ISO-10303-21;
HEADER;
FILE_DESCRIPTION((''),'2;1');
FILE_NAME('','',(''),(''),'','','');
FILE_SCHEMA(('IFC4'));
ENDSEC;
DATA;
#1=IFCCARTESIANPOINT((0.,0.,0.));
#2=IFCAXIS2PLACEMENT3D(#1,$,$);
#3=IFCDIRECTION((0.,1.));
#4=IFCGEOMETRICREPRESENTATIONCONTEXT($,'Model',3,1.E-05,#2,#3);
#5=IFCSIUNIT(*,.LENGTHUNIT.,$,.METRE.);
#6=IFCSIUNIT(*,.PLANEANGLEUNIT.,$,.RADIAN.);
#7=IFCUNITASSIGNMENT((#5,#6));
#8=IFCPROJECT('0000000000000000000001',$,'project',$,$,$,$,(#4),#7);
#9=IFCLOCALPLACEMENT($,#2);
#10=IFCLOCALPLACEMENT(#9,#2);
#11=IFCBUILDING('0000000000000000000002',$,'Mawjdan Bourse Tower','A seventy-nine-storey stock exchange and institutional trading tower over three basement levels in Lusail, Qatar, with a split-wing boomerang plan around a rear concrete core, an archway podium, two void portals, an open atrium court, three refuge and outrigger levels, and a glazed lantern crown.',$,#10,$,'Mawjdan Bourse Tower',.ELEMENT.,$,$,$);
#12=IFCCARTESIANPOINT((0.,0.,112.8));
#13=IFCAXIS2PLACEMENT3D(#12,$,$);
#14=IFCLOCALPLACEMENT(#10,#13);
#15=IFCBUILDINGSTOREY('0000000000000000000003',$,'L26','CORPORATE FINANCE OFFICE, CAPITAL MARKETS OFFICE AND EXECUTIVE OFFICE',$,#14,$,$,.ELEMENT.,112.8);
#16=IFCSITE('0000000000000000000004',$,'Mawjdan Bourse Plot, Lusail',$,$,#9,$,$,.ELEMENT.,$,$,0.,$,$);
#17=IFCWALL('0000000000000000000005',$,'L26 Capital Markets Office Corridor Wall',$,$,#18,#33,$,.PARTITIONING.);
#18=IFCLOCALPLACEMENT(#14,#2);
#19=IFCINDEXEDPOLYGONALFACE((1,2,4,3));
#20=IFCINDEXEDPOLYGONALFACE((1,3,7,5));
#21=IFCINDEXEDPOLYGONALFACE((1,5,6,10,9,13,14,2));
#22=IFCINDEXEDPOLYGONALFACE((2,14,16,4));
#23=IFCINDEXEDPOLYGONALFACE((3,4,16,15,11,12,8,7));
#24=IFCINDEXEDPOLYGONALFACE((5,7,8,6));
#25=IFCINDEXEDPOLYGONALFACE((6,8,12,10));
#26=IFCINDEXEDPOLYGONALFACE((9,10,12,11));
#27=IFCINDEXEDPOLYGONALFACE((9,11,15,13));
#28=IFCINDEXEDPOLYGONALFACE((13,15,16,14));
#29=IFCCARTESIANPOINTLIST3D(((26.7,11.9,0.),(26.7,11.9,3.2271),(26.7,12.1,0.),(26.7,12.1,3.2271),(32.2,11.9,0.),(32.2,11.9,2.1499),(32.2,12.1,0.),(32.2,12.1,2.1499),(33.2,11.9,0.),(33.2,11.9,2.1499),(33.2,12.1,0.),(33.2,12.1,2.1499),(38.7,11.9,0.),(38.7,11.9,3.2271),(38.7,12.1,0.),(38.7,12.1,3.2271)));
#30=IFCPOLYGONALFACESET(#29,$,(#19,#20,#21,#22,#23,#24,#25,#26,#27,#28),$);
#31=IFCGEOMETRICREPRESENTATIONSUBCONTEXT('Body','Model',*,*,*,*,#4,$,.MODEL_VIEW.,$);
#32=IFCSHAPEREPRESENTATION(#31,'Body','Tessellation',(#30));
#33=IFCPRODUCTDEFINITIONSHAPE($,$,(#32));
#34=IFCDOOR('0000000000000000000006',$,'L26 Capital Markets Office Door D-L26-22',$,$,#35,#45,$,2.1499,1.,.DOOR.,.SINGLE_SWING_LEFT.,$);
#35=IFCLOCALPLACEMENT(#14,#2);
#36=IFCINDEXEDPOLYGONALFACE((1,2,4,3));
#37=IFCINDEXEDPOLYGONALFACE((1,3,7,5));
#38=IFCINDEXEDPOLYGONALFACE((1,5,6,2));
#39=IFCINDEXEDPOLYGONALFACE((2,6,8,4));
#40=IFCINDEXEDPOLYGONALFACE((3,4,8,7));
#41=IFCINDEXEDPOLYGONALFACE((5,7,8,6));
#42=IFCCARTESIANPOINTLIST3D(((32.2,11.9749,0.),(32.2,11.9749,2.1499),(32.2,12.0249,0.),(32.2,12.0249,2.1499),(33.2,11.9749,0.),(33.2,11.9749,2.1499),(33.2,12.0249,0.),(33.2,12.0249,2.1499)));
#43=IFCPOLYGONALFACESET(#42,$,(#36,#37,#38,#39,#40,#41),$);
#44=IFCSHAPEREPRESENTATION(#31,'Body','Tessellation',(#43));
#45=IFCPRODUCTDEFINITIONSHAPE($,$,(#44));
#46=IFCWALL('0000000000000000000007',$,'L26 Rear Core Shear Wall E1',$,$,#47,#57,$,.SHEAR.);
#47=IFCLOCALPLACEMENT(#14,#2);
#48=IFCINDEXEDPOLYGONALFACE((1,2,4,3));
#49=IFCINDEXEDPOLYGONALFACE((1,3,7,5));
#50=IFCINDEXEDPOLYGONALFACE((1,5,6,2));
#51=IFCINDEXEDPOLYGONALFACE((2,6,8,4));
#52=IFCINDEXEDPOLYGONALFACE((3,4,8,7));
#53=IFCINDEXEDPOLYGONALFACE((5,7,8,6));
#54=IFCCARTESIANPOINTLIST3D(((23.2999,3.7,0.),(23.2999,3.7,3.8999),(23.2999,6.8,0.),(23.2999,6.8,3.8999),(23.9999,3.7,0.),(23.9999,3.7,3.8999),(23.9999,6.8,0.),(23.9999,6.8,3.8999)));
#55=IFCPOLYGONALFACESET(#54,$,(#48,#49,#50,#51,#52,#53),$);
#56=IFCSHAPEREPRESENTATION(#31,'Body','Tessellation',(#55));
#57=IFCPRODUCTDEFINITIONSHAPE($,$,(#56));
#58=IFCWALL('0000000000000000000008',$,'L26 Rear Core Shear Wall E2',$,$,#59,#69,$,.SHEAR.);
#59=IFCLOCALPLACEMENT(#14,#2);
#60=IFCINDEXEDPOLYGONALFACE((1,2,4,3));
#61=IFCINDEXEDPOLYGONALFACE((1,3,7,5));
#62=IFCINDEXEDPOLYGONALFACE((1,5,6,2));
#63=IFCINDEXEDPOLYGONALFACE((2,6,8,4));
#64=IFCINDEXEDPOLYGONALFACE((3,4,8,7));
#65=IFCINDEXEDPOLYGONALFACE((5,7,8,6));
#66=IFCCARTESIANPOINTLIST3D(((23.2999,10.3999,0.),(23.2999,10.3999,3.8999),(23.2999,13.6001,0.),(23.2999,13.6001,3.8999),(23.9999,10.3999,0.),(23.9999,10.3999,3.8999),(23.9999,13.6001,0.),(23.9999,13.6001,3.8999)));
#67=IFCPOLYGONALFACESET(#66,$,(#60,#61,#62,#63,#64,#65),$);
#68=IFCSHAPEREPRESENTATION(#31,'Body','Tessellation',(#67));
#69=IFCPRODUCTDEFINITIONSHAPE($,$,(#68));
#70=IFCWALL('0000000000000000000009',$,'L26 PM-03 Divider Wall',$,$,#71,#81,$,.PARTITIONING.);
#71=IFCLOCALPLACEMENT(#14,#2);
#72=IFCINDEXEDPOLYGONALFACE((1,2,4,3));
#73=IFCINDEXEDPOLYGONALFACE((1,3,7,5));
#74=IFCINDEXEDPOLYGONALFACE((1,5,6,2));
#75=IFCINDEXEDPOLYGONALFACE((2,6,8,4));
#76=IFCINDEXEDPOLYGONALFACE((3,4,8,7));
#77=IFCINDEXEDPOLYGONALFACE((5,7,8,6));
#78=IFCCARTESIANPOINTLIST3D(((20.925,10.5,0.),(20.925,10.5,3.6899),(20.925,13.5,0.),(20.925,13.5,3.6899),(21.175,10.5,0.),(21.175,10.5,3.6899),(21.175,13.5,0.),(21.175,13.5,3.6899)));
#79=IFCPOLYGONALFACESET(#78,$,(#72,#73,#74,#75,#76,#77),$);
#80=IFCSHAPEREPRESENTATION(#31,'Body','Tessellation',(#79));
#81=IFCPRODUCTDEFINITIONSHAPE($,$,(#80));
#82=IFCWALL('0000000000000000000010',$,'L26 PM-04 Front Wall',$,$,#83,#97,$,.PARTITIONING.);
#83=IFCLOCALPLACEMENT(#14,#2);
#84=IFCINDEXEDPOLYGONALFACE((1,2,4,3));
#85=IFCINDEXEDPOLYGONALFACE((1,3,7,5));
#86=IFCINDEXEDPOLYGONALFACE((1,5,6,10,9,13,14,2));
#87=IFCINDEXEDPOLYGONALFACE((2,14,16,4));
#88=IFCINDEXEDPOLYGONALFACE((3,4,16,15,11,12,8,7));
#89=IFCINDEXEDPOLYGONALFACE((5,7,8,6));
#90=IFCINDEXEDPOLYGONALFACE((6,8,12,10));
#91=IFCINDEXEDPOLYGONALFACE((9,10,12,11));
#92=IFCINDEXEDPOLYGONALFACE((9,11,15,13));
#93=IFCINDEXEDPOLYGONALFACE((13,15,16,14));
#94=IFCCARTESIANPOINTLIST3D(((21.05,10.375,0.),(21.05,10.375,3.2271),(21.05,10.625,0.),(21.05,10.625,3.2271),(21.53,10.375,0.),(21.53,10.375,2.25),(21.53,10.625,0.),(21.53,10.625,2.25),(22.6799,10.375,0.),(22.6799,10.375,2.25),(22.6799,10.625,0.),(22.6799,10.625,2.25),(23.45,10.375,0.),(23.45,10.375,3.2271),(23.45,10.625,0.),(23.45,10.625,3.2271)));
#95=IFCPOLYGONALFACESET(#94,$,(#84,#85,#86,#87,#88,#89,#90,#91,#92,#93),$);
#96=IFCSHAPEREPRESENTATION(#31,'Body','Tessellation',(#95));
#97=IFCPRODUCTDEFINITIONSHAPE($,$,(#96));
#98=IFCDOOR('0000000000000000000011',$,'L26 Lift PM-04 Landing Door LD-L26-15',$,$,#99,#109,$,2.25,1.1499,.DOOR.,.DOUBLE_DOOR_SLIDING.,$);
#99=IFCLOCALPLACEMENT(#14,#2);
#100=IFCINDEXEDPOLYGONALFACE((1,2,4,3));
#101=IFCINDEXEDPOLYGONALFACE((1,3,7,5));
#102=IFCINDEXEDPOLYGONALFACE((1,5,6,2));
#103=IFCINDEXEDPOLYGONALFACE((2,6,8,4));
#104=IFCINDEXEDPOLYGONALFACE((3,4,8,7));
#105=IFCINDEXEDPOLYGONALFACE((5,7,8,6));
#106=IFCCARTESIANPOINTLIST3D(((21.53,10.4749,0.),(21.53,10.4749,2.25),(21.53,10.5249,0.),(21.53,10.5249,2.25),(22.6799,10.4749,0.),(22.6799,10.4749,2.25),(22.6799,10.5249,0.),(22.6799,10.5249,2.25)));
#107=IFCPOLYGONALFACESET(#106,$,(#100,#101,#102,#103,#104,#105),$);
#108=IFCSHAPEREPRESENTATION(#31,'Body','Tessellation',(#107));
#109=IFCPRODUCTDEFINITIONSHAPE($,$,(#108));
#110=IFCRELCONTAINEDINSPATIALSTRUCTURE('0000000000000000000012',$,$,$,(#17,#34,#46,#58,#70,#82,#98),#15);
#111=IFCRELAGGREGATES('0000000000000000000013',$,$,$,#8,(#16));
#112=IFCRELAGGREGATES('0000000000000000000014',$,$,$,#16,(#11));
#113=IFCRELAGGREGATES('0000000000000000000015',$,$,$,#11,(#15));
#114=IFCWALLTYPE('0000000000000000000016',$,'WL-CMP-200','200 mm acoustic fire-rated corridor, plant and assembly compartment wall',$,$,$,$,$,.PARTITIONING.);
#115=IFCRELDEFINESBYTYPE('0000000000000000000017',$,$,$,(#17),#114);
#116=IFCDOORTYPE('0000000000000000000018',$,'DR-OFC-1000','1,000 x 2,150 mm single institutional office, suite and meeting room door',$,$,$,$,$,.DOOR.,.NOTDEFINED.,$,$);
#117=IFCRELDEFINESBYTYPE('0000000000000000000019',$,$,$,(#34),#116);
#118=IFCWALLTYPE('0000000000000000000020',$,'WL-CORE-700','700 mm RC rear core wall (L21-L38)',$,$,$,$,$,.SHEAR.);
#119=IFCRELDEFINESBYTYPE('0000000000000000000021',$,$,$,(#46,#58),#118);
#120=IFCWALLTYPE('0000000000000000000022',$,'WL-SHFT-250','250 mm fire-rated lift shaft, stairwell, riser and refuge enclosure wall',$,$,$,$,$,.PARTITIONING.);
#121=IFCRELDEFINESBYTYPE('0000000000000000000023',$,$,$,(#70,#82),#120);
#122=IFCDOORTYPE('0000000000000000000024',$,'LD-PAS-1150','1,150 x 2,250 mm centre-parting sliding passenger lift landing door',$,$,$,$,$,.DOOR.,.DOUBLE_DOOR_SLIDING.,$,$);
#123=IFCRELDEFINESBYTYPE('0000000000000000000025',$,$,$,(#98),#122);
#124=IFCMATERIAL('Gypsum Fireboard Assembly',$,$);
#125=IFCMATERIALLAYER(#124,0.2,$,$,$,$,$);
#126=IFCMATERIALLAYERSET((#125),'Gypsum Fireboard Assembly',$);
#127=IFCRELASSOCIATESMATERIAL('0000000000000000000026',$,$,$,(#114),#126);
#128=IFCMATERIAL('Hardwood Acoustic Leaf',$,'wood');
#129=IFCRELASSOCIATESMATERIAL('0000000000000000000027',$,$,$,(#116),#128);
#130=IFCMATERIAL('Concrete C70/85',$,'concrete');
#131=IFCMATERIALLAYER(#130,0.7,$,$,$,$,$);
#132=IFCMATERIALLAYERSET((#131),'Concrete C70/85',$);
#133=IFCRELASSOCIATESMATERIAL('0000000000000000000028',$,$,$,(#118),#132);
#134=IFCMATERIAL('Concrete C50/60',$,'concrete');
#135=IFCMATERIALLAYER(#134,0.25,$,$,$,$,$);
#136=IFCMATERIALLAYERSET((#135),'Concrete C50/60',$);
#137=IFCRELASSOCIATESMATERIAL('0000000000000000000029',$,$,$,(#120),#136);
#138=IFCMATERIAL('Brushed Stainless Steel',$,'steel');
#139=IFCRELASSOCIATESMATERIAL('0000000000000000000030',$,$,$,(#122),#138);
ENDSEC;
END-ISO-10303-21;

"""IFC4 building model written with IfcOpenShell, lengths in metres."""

from ifc_helpers import new_model, si_unit, direction, frame, frame_2d, origin, place, context, subcontext, project, spatial, rectangle, extrude, material, layer, layer_set, type_object, element, fill, save


model = new_model("IFC4")

# Units and contexts
model_context = context("Model", 3, precision=1e-05, world=origin(), true_north=direction((0.0, 1.0)))
body_context = subcontext(model_context, "Body", "Model", "MODEL_VIEW")
ifc_project = project(units=[si_unit("LENGTHUNIT", "METRE"), si_unit("PLANEANGLEUNIT", "RADIAN")], contexts=[model_context])

# Site, building, storey
site_placement = place(None, origin())
site = spatial("IfcSite", under=ifc_project, at=site_placement, Name="Mawjdan Bourse Plot, Lusail", CompositionType="ELEMENT", RefElevation=0.0)
building_placement = place(site_placement, origin())
building = spatial("IfcBuilding", under=site, at=building_placement, Name="Mawjdan Bourse Tower", Description="A seventy-nine-storey stock exchange and institutional trading tower over three basement levels in Lusail, Qatar, with a split-wing boomerang plan around a rear concrete core, an archway podium, two void portals, an open atrium court, three refuge and outrigger levels, and a glazed lantern crown.", LongName="Mawjdan Bourse Tower", CompositionType="ELEMENT")
storey_placement = place(building_placement, frame((0.0, 0.0, 112.8)))
storey = spatial("IfcBuildingStorey", under=building, at=storey_placement, Name="L26", Description="CORPORATE FINANCE OFFICE, CAPITAL MARKETS OFFICE AND EXECUTIVE OFFICE", CompositionType="ELEMENT", Elevation=112.8)

# Shared definitions
ifc_material_1 = material(Name="Concrete C70/85", Category="concrete")

# Shared definitions
ifc_material_2 = material(Name="Gypsum Fireboard Assembly")
ifc_layer_1 = layer(ifc_material_2, 0.2)
ifc_layer_set_1 = layer_set([ifc_layer_1], Name="Gypsum Fireboard Assembly")
wall_type_1 = type_object("IfcWallType", Name="WL-CMP-200", Description="200 mm acoustic fire-rated corridor, plant and assembly compartment wall", PredefinedType="PARTITIONING", material=ifc_layer_set_1)
ifc_material_3 = material(Name="Hardwood Acoustic Leaf", Category="wood")
door_type_1 = type_object("IfcDoorType", Name="DR-OFC-1000", Description="1,000 x 2,150 mm single institutional office, suite and meeting room door", OperationType="NOTDEFINED", PredefinedType="DOOR", material=ifc_material_3)

# Wall, opening, door
wall_1_placement = place(storey_placement, frame((26.7, 12.0, 0.0), z_axis=(0.0, 0.0, 1.0), x_axis=(1.0, 0.0, 0.0)))
wall_1 = element("IfcWall", 1, at=wall_1_placement, inside=storey, type_object=wall_type_1, Name="L26 Capital Markets Office Corridor Wall", PredefinedType="PARTITIONING", context=body_context, shape_type="SweptSolid", body=[
    extrude(rectangle(XDim=12.0, YDim=0.2, at=frame_2d((6.0, 0.0))), origin(), (0.0, 0.0, 1.0), 3.2271),
])
opening_1_placement = place(wall_1_placement, frame((5.5, 0.0, 0.0)))
opening_1 = element("IfcOpeningElement", 2, at=opening_1_placement, cuts=wall_1, PredefinedType="OPENING", context=body_context, shape_type="SweptSolid", body=[
    extrude(rectangle(XDim=1.0, YDim=2.1499, at=frame_2d((0.5, 1.075))), frame((0.0, 0.1099, 0.0), z_axis=(0.0, -1.0, 0.0), x_axis=(1.0, 0.0, 0.0)), (0.0, 0.0, 1.0), 0.22),
])
door_1_placement = place(opening_1_placement, origin())
door_1 = element("IfcDoor", 3, at=door_1_placement, inside=storey, type_object=door_type_1, Name="L26 Capital Markets Office Door D-L26-22", OperationType="SINGLE_SWING_LEFT", OverallHeight=2.1499, OverallWidth=1.0, PredefinedType="DOOR", context=body_context, shape_type="SweptSolid", body=[
    extrude(rectangle(XDim=1.0, YDim=2.1499, at=frame_2d((0.5, 1.075))), frame((0.0, 0.0249, 0.0), z_axis=(0.0, -1.0, 0.0), x_axis=(1.0, 0.0, 0.0)), (0.0, 0.0, 1.0), 0.05),
])
fill(opening_1, door_1)

# Walls
ifc_layer_2 = layer(ifc_material_1, 0.7)
ifc_layer_set_2 = layer_set([ifc_layer_2], Name="Concrete C70/85")
wall_type_2 = type_object("IfcWallType", Name="WL-CORE-700", Description="700 mm RC rear core wall (L21-L38)", PredefinedType="SHEAR", material=ifc_layer_set_2)
wall_2_placement = place(storey_placement, frame((23.6499, 3.7, 0.0), z_axis=(0.0, 0.0, 1.0), x_axis=(0.0, 1.0, 0.0)))
element("IfcWall", 4, at=wall_2_placement, inside=storey, type_object=wall_type_2, Name="L26 Rear Core Shear Wall E1", PredefinedType="SHEAR", context=body_context, shape_type="SweptSolid", body=[
    extrude(rectangle(XDim=3.1001, YDim=0.7, at=frame_2d((1.55, 0.0))), origin(), (0.0, 0.0, 1.0), 3.8999),
])
wall_3_placement = place(storey_placement, frame((23.6499, 10.3999, 0.0), z_axis=(0.0, 0.0, 1.0), x_axis=(0.0, 1.0, 0.0)))
element("IfcWall", 5, at=wall_3_placement, inside=storey, type_object=wall_type_2, Name="L26 Rear Core Shear Wall E2", PredefinedType="SHEAR", context=body_context, shape_type="SweptSolid", body=[
    extrude(rectangle(XDim=3.2002, YDim=0.7, at=frame_2d((1.6001, 0.0))), origin(), (0.0, 0.0, 1.0), 3.8999),
])
ifc_material_4 = material(Name="Concrete C50/60", Category="concrete")
ifc_layer_3 = layer(ifc_material_4, 0.25)
ifc_layer_set_3 = layer_set([ifc_layer_3], Name="Concrete C50/60")
wall_type_3 = type_object("IfcWallType", Name="WL-SHFT-250", Description="250 mm fire-rated lift shaft, stairwell, riser and refuge enclosure wall", PredefinedType="PARTITIONING", material=ifc_layer_set_3)
wall_4_placement = place(storey_placement, frame((21.05, 10.5, 0.0), z_axis=(0.0, 0.0, 1.0), x_axis=(0.0, 1.0, 0.0)))
element("IfcWall", 6, at=wall_4_placement, inside=storey, type_object=wall_type_3, Name="L26 PM-03 Divider Wall", PredefinedType="PARTITIONING", context=body_context, shape_type="SweptSolid", body=[
    extrude(rectangle(XDim=3.0, YDim=0.25, at=frame_2d((1.5, 0.0))), origin(), (0.0, 0.0, 1.0), 3.6899),
])

# Wall, opening, door
wall_5_placement = place(storey_placement, frame((21.05, 10.5, 0.0), z_axis=(0.0, 0.0, 1.0), x_axis=(1.0, 0.0, 0.0)))
wall_5 = element("IfcWall", 7, at=wall_5_placement, inside=storey, type_object=wall_type_3, Name="L26 PM-04 Front Wall", PredefinedType="PARTITIONING", context=body_context, shape_type="SweptSolid", body=[
    extrude(rectangle(XDim=2.3999, YDim=0.25, at=frame_2d((1.2, 0.0))), origin(), (0.0, 0.0, 1.0), 3.2271),
])
opening_2_placement = place(wall_5_placement, frame((0.48, 0.0, 0.0)))
opening_2 = element("IfcOpeningElement", 8, at=opening_2_placement, cuts=wall_5, PredefinedType="OPENING", context=body_context, shape_type="SweptSolid", body=[
    extrude(rectangle(XDim=1.1499, YDim=2.25, at=frame_2d((0.575, 1.125))), frame((0.0, 0.135, 0.0), z_axis=(0.0, -1.0, 0.0), x_axis=(1.0, 0.0, 0.0)), (0.0, 0.0, 1.0), 0.27),
])
ifc_material_5 = material(Name="Brushed Stainless Steel", Category="steel")
door_type_2 = type_object("IfcDoorType", Name="LD-PAS-1150", Description="1,150 x 2,250 mm centre-parting sliding passenger lift landing door", OperationType="DOUBLE_DOOR_SLIDING", PredefinedType="DOOR", material=ifc_material_5)
door_2_placement = place(opening_2_placement, origin())
door_2 = element("IfcDoor", 9, at=door_2_placement, inside=storey, type_object=door_type_2, Name="L26 Lift PM-04 Landing Door LD-L26-15", OperationType="DOUBLE_DOOR_SLIDING", OverallHeight=2.25, OverallWidth=1.1499, PredefinedType="DOOR", context=body_context, shape_type="SweptSolid", body=[
    extrude(rectangle(XDim=1.1499, YDim=2.25, at=frame_2d((0.575, 1.125))), frame((0.0, 0.0249, 0.0), z_axis=(0.0, -1.0, 0.0), x_axis=(1.0, 0.0, 0.0)), (0.0, 0.0, 1.0), 0.05),
])
fill(opening_2, door_2)

save(model, "model.ifc")
